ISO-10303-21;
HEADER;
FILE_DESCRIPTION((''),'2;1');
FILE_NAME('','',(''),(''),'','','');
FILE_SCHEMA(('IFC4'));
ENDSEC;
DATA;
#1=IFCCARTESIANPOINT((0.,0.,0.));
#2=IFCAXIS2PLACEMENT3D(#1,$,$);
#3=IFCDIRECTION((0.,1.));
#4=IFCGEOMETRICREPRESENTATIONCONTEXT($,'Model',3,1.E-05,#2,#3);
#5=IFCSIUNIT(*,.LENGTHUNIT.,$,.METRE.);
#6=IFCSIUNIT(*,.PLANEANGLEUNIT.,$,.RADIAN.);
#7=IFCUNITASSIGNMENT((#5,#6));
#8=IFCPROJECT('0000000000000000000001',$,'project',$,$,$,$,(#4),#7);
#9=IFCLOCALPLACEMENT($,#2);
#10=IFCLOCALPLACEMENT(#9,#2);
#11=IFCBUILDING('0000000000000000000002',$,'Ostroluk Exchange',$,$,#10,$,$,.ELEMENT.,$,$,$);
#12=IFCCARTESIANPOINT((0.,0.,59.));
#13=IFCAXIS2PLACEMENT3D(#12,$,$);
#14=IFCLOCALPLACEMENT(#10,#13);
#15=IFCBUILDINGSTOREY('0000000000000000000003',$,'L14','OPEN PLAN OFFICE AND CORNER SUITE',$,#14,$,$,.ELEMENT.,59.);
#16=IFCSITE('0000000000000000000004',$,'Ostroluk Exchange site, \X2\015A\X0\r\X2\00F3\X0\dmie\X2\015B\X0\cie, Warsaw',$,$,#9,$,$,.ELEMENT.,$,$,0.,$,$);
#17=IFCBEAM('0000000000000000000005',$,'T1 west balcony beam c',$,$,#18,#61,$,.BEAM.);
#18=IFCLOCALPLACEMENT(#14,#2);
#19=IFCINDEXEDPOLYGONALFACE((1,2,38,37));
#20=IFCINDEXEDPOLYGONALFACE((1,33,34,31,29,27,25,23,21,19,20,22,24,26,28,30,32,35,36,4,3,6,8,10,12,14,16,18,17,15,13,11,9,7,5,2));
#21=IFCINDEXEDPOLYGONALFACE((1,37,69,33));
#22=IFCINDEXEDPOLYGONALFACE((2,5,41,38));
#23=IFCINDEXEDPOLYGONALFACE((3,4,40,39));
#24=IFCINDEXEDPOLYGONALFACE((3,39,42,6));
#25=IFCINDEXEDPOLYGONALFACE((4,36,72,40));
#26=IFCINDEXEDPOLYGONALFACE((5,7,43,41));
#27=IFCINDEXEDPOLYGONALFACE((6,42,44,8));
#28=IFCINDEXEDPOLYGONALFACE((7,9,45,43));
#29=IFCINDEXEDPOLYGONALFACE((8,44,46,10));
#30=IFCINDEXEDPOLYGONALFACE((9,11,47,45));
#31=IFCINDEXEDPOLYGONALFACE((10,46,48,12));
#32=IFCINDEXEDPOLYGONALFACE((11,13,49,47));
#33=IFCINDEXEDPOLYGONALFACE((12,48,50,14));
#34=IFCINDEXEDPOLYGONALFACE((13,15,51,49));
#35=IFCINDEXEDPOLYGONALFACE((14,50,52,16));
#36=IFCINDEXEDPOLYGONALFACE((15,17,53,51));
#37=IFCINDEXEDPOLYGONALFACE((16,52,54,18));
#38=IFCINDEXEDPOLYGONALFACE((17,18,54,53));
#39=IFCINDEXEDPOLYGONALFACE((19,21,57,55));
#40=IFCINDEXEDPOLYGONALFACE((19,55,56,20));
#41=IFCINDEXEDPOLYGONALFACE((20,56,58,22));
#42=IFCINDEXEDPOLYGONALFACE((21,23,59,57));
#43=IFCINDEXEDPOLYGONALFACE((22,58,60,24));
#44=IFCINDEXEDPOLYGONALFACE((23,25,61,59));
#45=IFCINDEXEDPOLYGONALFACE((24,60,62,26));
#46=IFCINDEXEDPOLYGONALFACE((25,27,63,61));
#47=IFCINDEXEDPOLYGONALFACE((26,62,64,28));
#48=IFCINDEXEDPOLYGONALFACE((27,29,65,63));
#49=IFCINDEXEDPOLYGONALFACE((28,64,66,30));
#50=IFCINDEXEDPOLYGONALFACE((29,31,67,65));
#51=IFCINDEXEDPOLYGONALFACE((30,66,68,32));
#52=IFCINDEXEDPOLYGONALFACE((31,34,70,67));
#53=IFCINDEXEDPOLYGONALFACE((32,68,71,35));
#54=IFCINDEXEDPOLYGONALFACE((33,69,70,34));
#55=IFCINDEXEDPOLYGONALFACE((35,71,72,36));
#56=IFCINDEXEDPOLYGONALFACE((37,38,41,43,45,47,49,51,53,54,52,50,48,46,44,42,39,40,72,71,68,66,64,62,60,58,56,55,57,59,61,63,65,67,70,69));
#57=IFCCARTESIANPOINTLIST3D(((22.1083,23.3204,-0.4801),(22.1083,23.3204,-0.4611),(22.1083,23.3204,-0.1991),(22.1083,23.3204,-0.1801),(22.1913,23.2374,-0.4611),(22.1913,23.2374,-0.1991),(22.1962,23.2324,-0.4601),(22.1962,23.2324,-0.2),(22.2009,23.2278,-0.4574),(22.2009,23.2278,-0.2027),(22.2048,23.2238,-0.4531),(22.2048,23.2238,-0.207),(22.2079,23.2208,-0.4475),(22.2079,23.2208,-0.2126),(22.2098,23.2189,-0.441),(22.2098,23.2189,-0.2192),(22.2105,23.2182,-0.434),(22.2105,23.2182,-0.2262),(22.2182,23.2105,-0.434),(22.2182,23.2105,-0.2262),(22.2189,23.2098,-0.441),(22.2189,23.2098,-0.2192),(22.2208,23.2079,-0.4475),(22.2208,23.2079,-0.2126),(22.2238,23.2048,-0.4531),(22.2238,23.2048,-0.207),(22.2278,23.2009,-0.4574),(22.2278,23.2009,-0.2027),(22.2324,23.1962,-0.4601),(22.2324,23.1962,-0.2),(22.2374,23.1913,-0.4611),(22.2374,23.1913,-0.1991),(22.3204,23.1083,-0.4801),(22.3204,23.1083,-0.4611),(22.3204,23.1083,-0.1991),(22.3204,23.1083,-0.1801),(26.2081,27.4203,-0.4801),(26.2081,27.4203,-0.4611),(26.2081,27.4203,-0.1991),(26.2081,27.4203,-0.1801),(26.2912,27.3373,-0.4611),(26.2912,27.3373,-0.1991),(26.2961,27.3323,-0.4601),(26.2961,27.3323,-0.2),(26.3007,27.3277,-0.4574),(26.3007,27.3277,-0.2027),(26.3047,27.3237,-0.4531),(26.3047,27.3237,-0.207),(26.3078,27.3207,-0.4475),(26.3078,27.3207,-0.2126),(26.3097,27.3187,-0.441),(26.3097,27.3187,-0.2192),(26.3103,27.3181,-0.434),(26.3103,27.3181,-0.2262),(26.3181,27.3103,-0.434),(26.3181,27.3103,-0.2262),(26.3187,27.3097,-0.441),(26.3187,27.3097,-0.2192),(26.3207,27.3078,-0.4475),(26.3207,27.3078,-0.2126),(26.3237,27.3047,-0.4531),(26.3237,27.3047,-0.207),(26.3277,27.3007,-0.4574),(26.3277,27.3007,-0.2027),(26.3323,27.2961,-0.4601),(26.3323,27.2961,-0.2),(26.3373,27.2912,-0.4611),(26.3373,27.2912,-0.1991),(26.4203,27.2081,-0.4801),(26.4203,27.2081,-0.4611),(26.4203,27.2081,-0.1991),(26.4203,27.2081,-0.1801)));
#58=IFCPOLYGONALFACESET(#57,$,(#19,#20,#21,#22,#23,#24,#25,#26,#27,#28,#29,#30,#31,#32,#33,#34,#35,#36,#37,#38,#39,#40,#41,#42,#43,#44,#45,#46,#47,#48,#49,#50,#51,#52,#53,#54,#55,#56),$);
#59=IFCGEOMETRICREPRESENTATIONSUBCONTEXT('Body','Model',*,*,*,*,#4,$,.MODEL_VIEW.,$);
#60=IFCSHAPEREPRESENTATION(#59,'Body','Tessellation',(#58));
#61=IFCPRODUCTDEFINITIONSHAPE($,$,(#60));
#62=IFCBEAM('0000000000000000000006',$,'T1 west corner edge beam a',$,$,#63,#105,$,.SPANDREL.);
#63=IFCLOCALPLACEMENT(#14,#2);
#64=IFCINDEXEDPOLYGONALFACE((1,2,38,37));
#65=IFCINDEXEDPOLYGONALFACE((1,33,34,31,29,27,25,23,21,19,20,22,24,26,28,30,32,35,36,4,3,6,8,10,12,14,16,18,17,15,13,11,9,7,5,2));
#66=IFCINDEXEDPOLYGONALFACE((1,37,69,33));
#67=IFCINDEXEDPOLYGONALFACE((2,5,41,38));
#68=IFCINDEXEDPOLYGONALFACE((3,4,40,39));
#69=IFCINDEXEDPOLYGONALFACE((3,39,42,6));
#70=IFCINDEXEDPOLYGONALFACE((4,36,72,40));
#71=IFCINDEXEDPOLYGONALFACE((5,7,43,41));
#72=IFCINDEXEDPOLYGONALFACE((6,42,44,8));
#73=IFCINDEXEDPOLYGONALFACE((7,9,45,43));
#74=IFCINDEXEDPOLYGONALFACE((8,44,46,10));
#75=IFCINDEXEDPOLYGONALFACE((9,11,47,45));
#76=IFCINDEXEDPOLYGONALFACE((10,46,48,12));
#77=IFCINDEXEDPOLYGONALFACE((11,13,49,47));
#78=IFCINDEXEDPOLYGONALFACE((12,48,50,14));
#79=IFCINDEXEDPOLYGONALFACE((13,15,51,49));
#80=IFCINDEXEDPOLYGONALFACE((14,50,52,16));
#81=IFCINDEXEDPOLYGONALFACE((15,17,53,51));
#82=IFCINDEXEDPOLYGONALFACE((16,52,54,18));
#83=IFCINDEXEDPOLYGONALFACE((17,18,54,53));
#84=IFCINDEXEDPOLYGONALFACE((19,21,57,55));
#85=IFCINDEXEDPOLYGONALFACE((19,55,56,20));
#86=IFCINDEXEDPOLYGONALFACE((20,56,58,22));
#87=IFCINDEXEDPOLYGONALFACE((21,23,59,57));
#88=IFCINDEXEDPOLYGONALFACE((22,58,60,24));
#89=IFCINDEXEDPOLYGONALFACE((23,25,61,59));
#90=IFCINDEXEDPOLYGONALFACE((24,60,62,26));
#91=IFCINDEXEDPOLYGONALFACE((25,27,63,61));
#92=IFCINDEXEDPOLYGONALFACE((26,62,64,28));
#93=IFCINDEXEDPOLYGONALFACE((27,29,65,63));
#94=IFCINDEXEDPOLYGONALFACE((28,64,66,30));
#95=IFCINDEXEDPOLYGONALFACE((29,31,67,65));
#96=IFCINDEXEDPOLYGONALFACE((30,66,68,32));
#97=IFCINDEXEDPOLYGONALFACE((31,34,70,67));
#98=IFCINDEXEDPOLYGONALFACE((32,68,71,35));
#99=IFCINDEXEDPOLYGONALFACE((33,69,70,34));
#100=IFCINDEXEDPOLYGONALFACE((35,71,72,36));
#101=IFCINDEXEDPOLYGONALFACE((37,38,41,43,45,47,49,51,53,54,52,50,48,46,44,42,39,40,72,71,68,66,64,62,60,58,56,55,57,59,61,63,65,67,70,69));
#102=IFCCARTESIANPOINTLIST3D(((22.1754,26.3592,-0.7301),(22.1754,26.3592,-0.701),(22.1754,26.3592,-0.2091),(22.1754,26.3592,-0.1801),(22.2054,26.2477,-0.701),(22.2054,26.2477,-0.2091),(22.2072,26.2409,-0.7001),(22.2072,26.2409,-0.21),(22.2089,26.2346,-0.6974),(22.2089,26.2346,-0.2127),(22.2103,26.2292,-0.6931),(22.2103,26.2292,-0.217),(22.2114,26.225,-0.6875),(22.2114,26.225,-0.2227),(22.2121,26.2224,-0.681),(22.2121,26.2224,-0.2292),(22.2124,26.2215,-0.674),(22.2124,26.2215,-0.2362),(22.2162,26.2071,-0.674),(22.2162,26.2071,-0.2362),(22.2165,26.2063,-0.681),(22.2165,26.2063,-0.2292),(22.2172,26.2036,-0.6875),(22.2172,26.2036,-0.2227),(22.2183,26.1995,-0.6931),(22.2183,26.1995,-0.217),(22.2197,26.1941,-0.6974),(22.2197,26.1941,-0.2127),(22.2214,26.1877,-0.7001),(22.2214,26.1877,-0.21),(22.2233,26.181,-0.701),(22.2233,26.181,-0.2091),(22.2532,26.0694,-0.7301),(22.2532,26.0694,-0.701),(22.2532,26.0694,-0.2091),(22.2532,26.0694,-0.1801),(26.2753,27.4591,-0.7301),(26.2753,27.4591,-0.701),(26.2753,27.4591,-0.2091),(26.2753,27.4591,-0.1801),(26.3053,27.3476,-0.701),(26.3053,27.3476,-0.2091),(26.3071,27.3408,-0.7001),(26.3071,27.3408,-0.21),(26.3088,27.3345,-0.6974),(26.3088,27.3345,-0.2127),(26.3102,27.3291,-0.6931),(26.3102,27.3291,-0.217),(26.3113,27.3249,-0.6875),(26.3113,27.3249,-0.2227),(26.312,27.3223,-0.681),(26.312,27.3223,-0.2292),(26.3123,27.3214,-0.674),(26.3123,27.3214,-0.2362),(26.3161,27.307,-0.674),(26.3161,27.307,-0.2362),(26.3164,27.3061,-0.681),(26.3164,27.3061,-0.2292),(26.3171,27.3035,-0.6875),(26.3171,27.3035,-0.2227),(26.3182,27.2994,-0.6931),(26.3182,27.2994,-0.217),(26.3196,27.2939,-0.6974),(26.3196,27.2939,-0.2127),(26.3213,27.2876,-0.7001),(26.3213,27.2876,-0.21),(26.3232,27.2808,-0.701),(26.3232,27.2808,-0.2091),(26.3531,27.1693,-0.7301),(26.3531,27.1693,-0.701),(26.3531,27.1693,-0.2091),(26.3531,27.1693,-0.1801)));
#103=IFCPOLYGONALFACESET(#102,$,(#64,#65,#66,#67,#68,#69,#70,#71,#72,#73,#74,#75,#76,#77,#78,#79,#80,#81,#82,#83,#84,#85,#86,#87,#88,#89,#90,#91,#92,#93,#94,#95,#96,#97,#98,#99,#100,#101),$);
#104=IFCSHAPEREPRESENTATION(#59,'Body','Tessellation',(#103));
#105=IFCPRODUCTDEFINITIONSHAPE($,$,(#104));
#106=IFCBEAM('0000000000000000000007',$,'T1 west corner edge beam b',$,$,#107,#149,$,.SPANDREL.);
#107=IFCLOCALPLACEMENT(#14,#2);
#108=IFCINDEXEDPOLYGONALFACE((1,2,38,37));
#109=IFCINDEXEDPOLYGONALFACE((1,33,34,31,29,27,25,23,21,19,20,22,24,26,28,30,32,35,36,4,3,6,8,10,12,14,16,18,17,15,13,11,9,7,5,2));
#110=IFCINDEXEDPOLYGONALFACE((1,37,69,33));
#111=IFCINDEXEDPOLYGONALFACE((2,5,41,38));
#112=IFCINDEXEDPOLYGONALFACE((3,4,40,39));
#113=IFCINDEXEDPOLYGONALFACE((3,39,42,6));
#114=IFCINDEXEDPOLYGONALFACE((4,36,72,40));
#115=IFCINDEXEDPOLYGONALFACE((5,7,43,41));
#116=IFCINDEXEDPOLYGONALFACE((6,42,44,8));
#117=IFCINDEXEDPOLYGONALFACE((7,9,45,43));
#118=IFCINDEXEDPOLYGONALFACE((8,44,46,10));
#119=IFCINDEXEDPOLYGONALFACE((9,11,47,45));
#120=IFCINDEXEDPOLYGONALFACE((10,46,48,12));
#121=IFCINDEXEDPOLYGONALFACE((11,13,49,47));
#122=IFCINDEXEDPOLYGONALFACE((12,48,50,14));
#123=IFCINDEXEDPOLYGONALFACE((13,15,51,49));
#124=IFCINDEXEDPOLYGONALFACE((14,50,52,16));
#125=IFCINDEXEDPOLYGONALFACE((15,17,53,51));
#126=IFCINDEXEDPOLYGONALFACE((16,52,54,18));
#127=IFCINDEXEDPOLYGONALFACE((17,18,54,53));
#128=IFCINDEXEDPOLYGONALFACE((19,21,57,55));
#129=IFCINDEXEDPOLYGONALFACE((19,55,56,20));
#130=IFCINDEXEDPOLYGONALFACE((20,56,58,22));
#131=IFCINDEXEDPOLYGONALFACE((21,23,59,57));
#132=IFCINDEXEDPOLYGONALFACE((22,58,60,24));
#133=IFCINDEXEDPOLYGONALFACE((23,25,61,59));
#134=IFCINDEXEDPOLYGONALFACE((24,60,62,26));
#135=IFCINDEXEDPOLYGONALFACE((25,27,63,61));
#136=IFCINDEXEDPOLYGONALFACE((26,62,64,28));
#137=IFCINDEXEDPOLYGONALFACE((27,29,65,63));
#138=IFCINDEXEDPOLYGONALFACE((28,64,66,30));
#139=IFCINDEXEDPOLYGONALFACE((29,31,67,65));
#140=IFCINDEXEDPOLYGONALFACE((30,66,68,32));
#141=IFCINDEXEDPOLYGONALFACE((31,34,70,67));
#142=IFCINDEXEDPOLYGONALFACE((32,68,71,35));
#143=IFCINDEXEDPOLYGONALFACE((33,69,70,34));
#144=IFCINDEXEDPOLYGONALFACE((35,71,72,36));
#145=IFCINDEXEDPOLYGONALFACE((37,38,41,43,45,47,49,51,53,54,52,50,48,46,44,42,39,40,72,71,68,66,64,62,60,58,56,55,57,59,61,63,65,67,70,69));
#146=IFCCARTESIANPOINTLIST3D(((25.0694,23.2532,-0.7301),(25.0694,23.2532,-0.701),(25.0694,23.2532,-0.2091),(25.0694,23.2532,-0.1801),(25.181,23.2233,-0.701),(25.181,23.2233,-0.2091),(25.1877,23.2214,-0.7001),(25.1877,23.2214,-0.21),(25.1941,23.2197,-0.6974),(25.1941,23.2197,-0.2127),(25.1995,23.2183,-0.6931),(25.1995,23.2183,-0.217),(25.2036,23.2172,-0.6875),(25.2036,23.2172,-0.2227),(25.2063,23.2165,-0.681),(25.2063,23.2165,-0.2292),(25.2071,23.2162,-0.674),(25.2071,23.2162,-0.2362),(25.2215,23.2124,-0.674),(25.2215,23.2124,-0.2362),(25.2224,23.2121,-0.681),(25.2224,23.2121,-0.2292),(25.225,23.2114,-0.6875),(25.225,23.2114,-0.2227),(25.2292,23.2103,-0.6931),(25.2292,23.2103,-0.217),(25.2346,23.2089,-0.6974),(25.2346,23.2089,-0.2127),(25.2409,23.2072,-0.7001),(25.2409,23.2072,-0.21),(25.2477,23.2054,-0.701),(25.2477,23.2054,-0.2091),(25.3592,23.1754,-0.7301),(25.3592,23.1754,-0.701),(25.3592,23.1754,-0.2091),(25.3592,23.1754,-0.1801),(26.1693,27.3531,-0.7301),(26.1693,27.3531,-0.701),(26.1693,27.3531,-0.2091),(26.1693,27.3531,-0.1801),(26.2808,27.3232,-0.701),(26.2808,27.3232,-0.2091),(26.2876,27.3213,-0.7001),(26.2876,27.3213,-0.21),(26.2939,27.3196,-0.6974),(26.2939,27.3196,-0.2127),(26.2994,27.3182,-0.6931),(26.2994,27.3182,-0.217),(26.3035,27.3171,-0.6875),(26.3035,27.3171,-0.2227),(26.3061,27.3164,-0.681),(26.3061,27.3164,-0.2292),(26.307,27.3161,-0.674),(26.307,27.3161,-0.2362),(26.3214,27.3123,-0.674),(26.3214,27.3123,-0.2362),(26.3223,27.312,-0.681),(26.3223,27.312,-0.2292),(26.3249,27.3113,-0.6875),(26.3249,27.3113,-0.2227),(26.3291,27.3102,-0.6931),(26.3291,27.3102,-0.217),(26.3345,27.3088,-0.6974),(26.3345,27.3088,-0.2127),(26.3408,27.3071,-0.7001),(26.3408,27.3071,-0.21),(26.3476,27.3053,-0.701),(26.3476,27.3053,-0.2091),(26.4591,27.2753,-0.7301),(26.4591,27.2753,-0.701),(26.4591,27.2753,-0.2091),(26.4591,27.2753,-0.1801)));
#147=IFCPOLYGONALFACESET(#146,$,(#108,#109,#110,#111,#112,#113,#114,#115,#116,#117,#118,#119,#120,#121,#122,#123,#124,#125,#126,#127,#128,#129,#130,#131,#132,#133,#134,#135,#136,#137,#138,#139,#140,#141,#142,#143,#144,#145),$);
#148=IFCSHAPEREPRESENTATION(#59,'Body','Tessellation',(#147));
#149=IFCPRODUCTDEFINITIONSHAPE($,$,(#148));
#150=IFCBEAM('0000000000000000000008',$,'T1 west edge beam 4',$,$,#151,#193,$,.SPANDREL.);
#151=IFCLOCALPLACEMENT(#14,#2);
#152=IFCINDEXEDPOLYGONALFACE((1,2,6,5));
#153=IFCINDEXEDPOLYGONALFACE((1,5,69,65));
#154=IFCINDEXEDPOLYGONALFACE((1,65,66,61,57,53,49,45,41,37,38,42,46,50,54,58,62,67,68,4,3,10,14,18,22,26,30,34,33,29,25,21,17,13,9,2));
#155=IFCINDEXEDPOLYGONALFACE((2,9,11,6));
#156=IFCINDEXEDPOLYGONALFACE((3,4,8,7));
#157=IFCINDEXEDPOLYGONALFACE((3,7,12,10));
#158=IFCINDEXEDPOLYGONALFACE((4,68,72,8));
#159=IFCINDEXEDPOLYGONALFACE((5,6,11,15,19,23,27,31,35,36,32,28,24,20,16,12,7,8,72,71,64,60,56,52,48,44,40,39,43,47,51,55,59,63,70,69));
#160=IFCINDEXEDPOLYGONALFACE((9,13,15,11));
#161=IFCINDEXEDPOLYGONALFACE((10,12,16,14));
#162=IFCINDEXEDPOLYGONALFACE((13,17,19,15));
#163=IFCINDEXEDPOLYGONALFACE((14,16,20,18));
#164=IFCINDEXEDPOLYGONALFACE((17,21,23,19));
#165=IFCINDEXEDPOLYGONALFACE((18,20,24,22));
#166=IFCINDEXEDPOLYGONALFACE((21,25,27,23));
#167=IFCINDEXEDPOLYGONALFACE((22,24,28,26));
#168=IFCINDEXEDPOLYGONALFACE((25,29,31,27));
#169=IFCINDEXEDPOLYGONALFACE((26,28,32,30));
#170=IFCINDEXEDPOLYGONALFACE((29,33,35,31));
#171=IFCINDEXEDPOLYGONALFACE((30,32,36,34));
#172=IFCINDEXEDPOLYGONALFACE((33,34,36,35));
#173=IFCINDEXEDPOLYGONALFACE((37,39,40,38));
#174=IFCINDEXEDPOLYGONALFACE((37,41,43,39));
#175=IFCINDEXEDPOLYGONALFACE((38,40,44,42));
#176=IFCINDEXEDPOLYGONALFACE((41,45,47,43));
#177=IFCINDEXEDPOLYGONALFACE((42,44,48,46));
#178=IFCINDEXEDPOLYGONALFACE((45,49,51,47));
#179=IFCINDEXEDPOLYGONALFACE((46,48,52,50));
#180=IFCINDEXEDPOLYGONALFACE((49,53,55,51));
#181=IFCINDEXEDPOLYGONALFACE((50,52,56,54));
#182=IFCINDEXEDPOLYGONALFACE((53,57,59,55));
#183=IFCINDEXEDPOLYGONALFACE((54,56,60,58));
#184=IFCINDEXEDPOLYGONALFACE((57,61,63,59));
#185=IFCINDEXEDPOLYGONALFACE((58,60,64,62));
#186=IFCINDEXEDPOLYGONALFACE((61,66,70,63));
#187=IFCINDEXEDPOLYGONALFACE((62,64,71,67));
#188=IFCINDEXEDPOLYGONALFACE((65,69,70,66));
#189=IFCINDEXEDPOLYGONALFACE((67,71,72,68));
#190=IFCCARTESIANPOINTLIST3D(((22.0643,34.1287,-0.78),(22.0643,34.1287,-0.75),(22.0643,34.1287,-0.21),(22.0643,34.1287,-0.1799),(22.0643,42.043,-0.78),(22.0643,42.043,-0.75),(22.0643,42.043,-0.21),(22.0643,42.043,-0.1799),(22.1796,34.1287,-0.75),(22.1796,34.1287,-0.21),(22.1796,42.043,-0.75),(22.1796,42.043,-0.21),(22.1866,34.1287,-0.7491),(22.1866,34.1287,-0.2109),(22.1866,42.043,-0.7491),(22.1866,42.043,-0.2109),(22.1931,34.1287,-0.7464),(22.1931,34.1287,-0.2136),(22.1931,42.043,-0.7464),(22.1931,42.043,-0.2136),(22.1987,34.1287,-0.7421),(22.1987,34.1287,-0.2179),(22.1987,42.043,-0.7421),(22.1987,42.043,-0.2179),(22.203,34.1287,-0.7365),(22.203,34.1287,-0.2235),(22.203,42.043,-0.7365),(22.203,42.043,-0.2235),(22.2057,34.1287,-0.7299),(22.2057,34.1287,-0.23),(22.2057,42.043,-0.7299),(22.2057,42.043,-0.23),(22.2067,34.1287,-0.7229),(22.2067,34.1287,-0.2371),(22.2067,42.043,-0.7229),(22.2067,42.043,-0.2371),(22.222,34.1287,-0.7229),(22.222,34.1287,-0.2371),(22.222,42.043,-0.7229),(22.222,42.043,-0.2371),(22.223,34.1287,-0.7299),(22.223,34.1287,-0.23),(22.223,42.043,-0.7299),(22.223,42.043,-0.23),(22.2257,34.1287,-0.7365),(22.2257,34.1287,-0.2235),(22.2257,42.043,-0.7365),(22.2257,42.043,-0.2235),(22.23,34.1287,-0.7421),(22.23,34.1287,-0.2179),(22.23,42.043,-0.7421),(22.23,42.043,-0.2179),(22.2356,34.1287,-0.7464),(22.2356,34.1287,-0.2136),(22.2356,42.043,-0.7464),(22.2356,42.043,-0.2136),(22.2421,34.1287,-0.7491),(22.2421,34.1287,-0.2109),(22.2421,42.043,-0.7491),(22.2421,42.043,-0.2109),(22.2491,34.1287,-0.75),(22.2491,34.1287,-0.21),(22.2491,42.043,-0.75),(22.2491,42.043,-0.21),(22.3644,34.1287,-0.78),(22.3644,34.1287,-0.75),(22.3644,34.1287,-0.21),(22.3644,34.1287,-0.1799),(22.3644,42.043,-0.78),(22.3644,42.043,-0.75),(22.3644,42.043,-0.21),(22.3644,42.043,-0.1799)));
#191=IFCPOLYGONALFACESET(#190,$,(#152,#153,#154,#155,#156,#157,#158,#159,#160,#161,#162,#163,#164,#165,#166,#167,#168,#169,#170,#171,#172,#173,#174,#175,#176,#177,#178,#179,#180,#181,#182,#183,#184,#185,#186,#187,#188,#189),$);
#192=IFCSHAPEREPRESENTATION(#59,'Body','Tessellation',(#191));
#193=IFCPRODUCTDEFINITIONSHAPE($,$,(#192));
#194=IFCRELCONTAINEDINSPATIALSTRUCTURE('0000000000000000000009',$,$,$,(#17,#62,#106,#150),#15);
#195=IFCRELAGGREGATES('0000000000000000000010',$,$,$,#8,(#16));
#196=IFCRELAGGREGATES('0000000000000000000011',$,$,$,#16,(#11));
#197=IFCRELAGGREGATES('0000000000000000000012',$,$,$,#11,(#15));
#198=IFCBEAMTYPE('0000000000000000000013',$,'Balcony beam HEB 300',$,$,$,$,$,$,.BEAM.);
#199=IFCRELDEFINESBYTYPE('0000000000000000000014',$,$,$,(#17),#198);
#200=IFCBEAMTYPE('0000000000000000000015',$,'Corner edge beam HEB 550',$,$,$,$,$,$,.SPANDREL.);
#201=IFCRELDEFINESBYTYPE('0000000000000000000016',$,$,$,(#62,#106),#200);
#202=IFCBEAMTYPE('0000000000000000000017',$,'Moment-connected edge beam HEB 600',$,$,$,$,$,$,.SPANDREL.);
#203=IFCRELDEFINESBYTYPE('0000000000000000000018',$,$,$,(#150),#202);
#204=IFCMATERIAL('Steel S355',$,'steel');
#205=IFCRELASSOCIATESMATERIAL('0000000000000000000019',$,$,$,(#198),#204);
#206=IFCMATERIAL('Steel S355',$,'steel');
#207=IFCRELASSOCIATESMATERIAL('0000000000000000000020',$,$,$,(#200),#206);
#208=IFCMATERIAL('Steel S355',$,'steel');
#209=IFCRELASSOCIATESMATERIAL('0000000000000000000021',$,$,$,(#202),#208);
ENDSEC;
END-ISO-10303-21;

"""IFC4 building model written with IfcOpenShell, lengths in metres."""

from ifc_helpers import new_model, si_unit, direction, frame, origin, origin_2d, place, context, subcontext, project, spatial, i_section, extrude, material, material_profile, profile_set, type_object, element, save


model = new_model("IFC4")

# Units and contexts
model_context = context("Model", 3, precision=1e-05, world=origin(), true_north=direction((0.0, 1.0)))
body_context = subcontext(model_context, "Body", "Model", "MODEL_VIEW")
ifc_project = project(units=[si_unit("LENGTHUNIT", "METRE"), si_unit("PLANEANGLEUNIT", "RADIAN")], contexts=[model_context])

# Site, building, storey
site_placement = place(None, origin())
site = spatial("IfcSite", under=ifc_project, at=site_placement, Name="Ostroluk Exchange site, Śródmieście, Warsaw", CompositionType="ELEMENT", RefElevation=0.0)
building_placement = place(site_placement, origin())
building = spatial("IfcBuilding", under=site, at=building_placement, Name="Ostroluk Exchange", CompositionType="ELEMENT")
storey_placement = place(building_placement, frame((0.0, 0.0, 59.0)))
storey = spatial("IfcBuildingStorey", under=building, at=storey_placement, Name="L14", Description="OPEN PLAN OFFICE AND CORNER SUITE", CompositionType="ELEMENT", Elevation=59.0)

# Beams
ifc_material_1 = material(Name="Steel S355", Category="steel")
ifc_material_profile_1 = material_profile(ifc_material_1, i_section(OverallWidth=0.3, OverallDepth=0.3, WebThickness=0.011, FlangeThickness=0.019, FilletRadius=0.0271, at=origin_2d()), Name="HEB 300")
ifc_profile_set_1 = profile_set([ifc_material_profile_1], Name="Steel S355")
beam_type_1 = type_object("IfcBeamType", Name="Balcony beam HEB 300", PredefinedType="BEAM", material=ifc_profile_set_1)
beam_placement = place(storey_placement, frame((26.3142, 27.3142, -0.3301), z_axis=(-0.707107, -0.707107, 0.0), x_axis=(0.707107, -0.707107, 0.0)))
element("IfcBeam", 1, at=beam_placement, inside=storey, type_object=beam_type_1, Name="T1 west balcony beam c", PredefinedType="BEAM", context=body_context, shape_type="SweptSolid", body=[
    extrude(i_section(OverallWidth=0.3, OverallDepth=0.3, WebThickness=0.011, FlangeThickness=0.019, FilletRadius=0.0271, at=origin_2d()), origin(), (0.0, 0.0, 1.0), 5.7981),
])
ifc_material_2 = material(Name="Steel S355", Category="steel")
ifc_material_profile_2 = material_profile(ifc_material_2, i_section(OverallWidth=0.3, OverallDepth=0.55, WebThickness=0.0149, FlangeThickness=0.0291, FilletRadius=0.0271, at=origin_2d()), Name="HEB 550")
ifc_profile_set_2 = profile_set([ifc_material_profile_2], Name="Steel S355")
beam_type_2 = type_object("IfcBeamType", Name="Corner edge beam HEB 550", PredefinedType="SPANDREL", material=ifc_profile_set_2)
for number, where, z_axis, x_axis, name in (
    (2, (26.3142, 27.3142, -0.4551), (-0.965849, -0.259105, 0.0), (0.259105, -0.965849, 0.0), "T1 west corner edge beam a"),
    (3, (26.3142, 27.3142, -0.4551), (-0.259105, -0.965849, 0.0), (0.965849, -0.259105, 0.0), "T1 west corner edge beam b"),
):
    element("IfcBeam", number, at=place(storey_placement, frame(where, z_axis=z_axis, x_axis=x_axis)), inside=storey, type_object=beam_type_2, Name=name, PredefinedType="SPANDREL", context=body_context, shape_type="SweptSolid", body=[
        extrude(i_section(OverallWidth=0.3, OverallDepth=0.55, WebThickness=0.0149, FlangeThickness=0.0291, FilletRadius=0.0271, at=origin_2d()), origin(), (0.0, 0.0, 1.0), 4.2449),
    ])
ifc_material_3 = material(Name="Steel S355", Category="steel")
ifc_material_profile_3 = material_profile(ifc_material_3, i_section(OverallWidth=0.3, OverallDepth=0.6001, WebThickness=0.0154, FlangeThickness=0.03, FilletRadius=0.0271, at=origin_2d()), Name="HEB 600")
ifc_profile_set_3 = profile_set([ifc_material_profile_3], Name="Steel S355")
beam_type_3 = type_object("IfcBeamType", Name="Moment-connected edge beam HEB 600", PredefinedType="SPANDREL", material=ifc_profile_set_3)
for number, where, z_axis, x_axis, name in (
    (4, (22.2144, 42.043, -0.48), (0.0, -1.0, 0.0), (1.0, 0.0, 0.0), "T1 west edge beam 4"),
):
    element("IfcBeam", number, at=place(storey_placement, frame(where, z_axis=z_axis, x_axis=x_axis)), inside=storey, type_object=beam_type_3, Name=name, PredefinedType="SPANDREL", context=body_context, shape_type="SweptSolid", body=[
        extrude(i_section(OverallWidth=0.3, OverallDepth=0.6001, WebThickness=0.0154, FlangeThickness=0.03, FilletRadius=0.0271, at=origin_2d()), origin(), (0.0, 0.0, 1.0), 7.9143),
    ])

save(model, "model.ifc")
